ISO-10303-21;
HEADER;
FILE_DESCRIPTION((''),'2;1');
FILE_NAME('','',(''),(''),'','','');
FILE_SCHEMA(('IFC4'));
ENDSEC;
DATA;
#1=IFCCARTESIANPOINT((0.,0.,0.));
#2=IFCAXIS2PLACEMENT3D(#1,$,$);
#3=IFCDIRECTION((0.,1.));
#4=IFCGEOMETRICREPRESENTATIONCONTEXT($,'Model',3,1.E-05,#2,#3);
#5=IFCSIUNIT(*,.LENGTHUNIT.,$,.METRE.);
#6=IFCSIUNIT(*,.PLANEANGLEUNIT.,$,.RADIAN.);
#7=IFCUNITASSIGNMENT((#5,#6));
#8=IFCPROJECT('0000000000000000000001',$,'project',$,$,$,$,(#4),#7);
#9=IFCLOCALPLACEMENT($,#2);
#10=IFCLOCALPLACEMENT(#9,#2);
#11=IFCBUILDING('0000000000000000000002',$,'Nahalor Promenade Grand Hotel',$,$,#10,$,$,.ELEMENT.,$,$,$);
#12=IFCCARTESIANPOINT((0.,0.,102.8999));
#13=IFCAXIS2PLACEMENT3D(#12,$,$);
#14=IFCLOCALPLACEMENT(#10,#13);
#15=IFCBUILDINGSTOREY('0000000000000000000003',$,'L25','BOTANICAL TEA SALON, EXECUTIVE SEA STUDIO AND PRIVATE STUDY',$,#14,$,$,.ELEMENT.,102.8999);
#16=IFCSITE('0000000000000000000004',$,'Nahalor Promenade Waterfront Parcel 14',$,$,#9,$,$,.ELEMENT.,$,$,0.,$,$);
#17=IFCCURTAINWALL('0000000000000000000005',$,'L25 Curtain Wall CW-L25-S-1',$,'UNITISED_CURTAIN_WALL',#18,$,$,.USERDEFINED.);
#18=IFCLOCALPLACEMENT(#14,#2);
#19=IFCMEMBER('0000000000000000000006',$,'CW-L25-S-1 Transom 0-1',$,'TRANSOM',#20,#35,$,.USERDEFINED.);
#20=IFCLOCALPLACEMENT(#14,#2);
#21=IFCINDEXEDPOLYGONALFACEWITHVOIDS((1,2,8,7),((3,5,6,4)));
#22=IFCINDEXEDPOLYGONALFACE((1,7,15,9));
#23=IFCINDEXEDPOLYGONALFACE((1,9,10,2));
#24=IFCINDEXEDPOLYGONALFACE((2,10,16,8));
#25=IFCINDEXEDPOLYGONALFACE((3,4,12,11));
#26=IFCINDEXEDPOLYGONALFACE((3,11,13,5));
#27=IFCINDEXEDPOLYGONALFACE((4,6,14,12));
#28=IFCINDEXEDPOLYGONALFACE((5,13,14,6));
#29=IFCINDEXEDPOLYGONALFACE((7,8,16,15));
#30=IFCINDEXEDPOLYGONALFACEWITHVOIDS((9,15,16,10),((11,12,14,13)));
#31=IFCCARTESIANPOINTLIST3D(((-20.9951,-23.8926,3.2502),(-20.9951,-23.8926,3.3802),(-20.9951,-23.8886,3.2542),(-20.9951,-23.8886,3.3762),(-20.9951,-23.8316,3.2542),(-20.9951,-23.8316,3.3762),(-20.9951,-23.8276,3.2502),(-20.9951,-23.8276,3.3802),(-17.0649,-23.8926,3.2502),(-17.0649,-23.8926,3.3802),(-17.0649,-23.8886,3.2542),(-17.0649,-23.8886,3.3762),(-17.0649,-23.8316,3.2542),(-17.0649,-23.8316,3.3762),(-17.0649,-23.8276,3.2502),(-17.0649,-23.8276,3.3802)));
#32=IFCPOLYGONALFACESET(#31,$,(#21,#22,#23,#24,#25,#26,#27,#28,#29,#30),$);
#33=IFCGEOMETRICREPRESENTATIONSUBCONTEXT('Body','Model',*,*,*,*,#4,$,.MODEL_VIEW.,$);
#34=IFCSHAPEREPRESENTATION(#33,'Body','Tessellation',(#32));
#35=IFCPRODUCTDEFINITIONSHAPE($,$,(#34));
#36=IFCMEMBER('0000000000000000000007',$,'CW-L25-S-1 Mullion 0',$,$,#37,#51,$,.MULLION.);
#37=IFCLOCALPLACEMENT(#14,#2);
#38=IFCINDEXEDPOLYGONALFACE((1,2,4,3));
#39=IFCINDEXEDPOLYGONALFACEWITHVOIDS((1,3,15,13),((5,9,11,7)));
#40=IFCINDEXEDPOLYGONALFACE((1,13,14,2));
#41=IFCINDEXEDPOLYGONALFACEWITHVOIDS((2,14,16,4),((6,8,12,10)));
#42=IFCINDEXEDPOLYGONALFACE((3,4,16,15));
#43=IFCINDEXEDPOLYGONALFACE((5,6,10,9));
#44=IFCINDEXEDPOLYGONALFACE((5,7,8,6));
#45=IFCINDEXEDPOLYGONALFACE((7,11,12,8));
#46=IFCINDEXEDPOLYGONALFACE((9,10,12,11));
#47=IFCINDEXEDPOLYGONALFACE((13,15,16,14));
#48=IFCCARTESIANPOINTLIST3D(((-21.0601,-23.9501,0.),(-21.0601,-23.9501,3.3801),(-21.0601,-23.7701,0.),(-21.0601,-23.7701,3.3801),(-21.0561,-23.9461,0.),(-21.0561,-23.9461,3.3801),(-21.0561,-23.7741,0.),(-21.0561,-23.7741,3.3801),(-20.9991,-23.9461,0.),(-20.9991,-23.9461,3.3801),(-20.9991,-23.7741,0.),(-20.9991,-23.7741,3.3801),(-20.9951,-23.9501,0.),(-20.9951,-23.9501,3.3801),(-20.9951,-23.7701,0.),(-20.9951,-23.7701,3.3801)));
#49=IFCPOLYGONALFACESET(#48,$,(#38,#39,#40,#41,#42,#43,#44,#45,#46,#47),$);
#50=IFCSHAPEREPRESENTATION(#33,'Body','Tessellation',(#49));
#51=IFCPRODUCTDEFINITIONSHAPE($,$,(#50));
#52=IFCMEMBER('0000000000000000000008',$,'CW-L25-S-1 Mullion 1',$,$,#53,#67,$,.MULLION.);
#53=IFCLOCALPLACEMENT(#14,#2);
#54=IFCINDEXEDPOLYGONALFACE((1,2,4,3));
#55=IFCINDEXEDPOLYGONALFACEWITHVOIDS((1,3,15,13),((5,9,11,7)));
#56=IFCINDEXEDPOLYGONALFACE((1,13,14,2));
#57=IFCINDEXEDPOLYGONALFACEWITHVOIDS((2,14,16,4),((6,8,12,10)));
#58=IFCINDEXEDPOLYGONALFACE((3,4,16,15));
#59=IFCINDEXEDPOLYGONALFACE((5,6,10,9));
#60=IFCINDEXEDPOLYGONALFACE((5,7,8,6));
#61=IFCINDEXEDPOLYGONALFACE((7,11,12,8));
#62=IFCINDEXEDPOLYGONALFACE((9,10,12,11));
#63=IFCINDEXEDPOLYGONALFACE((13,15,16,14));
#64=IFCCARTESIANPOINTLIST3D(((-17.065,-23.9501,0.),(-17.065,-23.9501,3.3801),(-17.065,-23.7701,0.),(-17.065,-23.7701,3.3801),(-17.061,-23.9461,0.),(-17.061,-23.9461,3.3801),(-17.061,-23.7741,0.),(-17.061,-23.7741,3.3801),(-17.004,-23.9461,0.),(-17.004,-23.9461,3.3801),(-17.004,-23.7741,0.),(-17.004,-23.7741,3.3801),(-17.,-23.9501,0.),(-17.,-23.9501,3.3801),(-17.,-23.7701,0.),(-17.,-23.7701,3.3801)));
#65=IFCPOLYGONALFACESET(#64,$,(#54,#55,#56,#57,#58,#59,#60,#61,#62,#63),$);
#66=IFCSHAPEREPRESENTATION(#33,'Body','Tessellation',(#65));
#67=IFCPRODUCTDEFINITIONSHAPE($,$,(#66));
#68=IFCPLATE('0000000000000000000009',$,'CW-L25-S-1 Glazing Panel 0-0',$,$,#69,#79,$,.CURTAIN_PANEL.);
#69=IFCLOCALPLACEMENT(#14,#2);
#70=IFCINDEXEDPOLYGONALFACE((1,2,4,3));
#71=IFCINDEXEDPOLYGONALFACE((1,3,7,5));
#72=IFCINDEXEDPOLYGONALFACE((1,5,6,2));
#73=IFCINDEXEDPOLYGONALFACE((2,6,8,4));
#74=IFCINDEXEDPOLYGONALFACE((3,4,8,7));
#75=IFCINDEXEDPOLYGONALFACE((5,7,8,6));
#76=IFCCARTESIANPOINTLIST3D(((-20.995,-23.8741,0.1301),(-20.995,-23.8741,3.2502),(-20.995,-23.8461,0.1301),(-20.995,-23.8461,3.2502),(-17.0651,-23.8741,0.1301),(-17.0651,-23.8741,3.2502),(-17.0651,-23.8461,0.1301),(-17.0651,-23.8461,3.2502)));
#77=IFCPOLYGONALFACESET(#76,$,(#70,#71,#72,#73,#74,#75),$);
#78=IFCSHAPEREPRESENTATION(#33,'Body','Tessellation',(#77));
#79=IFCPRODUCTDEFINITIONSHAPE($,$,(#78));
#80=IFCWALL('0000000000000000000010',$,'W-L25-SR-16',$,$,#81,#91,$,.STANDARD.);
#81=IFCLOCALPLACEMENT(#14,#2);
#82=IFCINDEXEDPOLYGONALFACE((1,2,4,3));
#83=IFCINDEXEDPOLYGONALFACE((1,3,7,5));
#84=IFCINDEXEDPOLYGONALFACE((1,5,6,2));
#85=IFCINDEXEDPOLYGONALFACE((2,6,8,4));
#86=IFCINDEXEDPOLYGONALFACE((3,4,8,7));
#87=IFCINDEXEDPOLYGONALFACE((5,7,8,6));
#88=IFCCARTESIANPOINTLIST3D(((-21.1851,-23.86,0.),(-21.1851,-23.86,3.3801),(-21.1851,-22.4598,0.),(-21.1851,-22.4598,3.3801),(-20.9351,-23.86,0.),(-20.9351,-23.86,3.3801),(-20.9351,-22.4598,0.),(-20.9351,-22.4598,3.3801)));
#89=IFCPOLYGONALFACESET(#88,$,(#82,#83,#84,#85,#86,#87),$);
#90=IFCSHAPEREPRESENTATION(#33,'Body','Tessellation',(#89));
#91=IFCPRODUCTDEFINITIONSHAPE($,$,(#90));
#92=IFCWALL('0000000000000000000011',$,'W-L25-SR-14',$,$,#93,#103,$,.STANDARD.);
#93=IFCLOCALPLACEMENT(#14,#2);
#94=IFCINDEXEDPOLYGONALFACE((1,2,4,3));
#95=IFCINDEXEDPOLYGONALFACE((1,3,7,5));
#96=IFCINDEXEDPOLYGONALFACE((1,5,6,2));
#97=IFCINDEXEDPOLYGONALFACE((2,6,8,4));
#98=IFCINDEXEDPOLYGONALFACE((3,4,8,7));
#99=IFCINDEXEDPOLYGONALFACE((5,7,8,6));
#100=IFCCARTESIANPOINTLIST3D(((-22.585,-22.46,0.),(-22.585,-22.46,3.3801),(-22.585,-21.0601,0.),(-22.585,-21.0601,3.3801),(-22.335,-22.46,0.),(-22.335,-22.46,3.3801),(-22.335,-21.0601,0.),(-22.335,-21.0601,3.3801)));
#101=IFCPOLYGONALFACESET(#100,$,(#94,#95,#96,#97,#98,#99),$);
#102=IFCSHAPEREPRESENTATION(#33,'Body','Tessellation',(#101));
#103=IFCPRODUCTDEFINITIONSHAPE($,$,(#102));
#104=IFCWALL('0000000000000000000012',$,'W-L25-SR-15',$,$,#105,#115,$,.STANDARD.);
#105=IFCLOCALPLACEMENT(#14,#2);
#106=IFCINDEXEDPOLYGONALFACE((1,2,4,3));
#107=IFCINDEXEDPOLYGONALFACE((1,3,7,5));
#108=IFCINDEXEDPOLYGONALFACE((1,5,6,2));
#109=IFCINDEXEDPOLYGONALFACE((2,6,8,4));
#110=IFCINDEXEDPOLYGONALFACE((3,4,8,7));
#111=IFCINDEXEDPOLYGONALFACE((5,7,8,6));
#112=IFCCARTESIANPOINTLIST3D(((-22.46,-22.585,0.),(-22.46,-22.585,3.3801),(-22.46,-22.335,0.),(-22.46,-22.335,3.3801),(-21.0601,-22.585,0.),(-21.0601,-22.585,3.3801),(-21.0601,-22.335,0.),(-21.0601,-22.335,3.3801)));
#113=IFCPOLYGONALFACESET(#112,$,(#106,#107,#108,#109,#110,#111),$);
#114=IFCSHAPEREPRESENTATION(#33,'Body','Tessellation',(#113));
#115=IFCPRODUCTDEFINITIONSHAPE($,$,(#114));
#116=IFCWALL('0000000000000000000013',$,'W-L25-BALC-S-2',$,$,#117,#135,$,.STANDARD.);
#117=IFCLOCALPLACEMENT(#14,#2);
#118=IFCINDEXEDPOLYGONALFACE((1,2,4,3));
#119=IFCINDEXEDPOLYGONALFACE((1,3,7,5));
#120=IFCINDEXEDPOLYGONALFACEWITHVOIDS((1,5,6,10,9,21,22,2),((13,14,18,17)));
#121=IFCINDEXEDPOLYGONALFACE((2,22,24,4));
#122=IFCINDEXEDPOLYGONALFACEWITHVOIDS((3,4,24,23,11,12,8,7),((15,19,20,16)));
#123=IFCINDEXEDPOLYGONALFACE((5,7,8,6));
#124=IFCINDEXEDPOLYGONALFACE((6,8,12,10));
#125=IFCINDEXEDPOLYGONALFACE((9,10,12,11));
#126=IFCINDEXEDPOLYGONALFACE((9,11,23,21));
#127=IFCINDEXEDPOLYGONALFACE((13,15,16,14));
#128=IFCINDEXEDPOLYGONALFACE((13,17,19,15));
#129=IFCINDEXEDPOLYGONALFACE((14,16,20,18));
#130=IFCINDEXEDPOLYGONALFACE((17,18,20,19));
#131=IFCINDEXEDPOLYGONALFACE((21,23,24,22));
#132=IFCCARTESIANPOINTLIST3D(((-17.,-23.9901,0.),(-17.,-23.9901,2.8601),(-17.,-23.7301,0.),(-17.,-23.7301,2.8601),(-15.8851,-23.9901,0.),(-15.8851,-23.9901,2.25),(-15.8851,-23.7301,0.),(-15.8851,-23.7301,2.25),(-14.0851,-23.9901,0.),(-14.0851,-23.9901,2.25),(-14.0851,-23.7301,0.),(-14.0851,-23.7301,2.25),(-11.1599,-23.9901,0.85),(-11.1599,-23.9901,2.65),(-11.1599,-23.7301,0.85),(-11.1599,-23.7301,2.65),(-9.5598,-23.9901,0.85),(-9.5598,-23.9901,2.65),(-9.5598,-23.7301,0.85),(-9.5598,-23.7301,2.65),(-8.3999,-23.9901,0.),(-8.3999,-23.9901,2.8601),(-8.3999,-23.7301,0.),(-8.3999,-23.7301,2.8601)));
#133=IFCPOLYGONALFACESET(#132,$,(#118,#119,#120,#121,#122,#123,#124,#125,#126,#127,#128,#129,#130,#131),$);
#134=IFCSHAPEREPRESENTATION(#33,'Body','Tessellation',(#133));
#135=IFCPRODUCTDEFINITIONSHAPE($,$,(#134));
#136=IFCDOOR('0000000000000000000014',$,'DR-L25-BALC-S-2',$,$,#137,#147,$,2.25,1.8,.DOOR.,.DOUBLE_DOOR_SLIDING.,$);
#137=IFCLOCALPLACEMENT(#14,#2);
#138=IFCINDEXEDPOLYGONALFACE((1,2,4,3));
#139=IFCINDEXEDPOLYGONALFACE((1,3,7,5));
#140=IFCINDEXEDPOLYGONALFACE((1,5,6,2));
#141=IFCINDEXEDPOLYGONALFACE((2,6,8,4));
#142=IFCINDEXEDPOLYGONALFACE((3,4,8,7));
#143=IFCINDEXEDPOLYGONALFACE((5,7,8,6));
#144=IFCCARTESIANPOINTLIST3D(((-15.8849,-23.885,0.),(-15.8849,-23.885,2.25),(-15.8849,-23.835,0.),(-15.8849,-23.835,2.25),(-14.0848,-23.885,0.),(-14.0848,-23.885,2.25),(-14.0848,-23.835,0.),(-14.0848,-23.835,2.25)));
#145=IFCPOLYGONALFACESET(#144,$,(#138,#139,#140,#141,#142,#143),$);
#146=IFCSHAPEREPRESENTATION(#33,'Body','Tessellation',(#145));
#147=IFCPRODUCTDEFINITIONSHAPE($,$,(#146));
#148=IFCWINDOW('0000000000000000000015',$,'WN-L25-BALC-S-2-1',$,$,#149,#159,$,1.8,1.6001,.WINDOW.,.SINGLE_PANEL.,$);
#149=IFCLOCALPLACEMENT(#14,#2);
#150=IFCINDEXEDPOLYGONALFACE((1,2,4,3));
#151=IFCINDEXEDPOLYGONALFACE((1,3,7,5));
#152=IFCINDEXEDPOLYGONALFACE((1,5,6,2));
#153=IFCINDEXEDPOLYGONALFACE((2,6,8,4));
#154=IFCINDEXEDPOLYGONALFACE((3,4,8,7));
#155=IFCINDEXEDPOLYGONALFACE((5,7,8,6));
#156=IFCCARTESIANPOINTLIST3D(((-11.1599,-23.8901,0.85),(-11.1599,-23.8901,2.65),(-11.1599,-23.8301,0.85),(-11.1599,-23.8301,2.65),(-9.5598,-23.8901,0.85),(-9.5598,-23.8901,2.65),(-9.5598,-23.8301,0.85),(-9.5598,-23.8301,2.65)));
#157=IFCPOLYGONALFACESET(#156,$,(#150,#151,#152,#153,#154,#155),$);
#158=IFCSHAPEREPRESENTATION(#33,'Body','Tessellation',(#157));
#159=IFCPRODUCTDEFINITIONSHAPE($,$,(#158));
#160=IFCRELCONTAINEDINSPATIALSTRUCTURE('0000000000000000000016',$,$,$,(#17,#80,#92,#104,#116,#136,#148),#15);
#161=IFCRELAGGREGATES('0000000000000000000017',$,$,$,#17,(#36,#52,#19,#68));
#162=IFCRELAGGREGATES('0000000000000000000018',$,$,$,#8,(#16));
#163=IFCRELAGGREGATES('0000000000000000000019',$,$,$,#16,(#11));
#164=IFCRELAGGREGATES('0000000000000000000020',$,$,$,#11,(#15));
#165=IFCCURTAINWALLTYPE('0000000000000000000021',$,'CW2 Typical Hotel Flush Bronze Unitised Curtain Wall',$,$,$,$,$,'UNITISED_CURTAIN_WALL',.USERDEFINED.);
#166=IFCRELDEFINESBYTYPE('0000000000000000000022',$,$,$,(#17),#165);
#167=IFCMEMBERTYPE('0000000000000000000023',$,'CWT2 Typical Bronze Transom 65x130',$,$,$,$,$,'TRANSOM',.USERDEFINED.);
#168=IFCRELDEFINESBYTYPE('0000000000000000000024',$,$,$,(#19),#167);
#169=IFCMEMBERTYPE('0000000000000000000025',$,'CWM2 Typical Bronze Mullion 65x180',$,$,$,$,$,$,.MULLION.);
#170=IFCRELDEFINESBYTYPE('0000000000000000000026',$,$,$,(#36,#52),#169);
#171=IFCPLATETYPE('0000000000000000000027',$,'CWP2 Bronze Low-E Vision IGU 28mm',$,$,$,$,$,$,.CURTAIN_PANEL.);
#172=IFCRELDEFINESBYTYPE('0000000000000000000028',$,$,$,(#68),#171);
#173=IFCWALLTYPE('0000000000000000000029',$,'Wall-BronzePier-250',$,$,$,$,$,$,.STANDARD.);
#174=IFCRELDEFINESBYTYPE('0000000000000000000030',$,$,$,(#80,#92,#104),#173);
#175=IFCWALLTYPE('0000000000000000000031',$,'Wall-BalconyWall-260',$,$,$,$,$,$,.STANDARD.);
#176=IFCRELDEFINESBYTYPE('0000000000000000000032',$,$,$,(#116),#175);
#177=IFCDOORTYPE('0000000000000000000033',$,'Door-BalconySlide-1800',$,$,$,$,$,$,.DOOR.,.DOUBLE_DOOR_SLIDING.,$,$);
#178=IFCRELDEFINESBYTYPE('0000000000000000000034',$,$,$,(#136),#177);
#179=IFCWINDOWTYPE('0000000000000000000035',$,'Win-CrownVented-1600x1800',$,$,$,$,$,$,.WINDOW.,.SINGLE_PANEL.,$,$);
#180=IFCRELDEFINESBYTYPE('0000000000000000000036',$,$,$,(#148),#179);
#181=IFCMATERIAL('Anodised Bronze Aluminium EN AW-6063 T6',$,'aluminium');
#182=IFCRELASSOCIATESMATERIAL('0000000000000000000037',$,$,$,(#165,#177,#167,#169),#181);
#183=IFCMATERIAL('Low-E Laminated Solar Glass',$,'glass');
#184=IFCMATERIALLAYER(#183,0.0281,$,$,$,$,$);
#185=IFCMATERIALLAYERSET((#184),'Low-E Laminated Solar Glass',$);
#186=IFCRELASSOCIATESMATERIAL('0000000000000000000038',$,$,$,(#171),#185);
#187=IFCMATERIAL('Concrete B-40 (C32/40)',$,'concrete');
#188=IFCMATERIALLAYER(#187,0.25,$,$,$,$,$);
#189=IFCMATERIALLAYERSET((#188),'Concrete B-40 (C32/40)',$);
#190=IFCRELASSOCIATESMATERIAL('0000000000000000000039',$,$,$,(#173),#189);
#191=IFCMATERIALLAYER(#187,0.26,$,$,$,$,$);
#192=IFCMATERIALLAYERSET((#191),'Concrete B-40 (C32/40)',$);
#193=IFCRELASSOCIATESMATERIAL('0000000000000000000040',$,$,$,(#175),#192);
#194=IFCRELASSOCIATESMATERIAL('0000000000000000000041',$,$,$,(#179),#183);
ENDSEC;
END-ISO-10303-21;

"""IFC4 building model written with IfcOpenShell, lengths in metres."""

from ifc_helpers import new_model, si_unit, direction, frame, frame_2d, origin, origin_2d, place, context, subcontext, project, spatial, rectangle, hollow_rectangle, extrude, source, transform, mapped, material, layer, layer_set, material_profile, profile_set, type_object, element, fill, aggregate, save


model = new_model("IFC4")

# Units and contexts
model_context = context("Model", 3, precision=1e-05, world=origin(), true_north=direction((0.0, 1.0)))
body_context = subcontext(model_context, "Body", "Model", "MODEL_VIEW")
ifc_project = project(units=[si_unit("LENGTHUNIT", "METRE"), si_unit("PLANEANGLEUNIT", "RADIAN")], contexts=[model_context])

# Site, building, storey
site_placement = place(None, origin())
site = spatial("IfcSite", under=ifc_project, at=site_placement, Name="Nahalor Promenade Waterfront Parcel 14", CompositionType="ELEMENT", RefElevation=0.0)
building_placement = place(site_placement, origin())
building = spatial("IfcBuilding", under=site, at=building_placement, Name="Nahalor Promenade Grand Hotel", CompositionType="ELEMENT")
storey_placement = place(building_placement, frame((0.0, 0.0, 102.8999)))
storey = spatial("IfcBuildingStorey", under=building, at=storey_placement, Name="L25", Description="BOTANICAL TEA SALON, EXECUTIVE SEA STUDIO AND PRIVATE STUDY", CompositionType="ELEMENT", Elevation=102.8999)

# Curtain wall, members, plate
ifc_material_1 = material(Name="Anodised Bronze Aluminium EN AW-6063 T6", Category="aluminium")
curtain_wall_type = type_object("IfcCurtainWallType", Name="CW2 Typical Hotel Flush Bronze Unitised Curtain Wall", ElementType="UNITISED_CURTAIN_WALL", PredefinedType="USERDEFINED", material=ifc_material_1)
curtain_wall_placement = place(storey_placement, origin())
curtain_wall = element("IfcCurtainWall", 1, at=curtain_wall_placement, inside=storey, type_object=curtain_wall_type, Name="L25 Curtain Wall CW-L25-S-1", ObjectType="UNITISED_CURTAIN_WALL", PredefinedType="USERDEFINED")
ifc_material_profile_1 = material_profile(ifc_material_1, hollow_rectangle(XDim=0.065, YDim=0.13, WallThickness=0.004, at=origin_2d()), Name="CWT 65x130x4")
ifc_profile_set_1 = profile_set([ifc_material_profile_1], Name="Anodised Bronze Aluminium EN AW-6063 T6")
member_type_1 = type_object("IfcMemberType", Name="CWT2 Typical Bronze Transom 65x130", ElementType="TRANSOM", PredefinedType="USERDEFINED", material=ifc_profile_set_1)
shared_shape_1 = source(origin(), body_context, "Body", "SweptSolid", [
    extrude(hollow_rectangle(XDim=0.065, YDim=0.13, WallThickness=0.004, at=origin_2d()), origin(), (0.0, 0.0, 1.0), 3.9302),
])
member_1_placement = place(storey_placement, frame((-20.9951, -23.8601, 3.3152), z_axis=(1.0, 0.0, 0.0), x_axis=(0.0, 1.0, 0.0)))
member_1 = element("IfcMember", 2, at=member_1_placement, type_object=member_type_1, Name="CW-L25-S-1 Transom 0-1", ObjectType="TRANSOM", PredefinedType="USERDEFINED", context=body_context, shape_type="MappedRepresentation", body=[
    mapped(shared_shape_1, transform((0.0, 0.0, 0.0), scale=1.0)),
])
ifc_material_profile_2 = material_profile(ifc_material_1, hollow_rectangle(XDim=0.065, YDim=0.18, WallThickness=0.004, at=origin_2d()), Name="CWM 65x180x4")
ifc_profile_set_2 = profile_set([ifc_material_profile_2], Name="Anodised Bronze Aluminium EN AW-6063 T6")
member_type_2 = type_object("IfcMemberType", Name="CWM2 Typical Bronze Mullion 65x180", PredefinedType="MULLION", material=ifc_profile_set_2)
shared_shape_2 = source(origin(), body_context, "Body", "SweptSolid", [
    extrude(hollow_rectangle(XDim=0.065, YDim=0.18, WallThickness=0.004, at=origin_2d()), origin(), (0.0, 0.0, 1.0), 3.3801),
])
member_2_placement = place(storey_placement, frame((-21.0276, -23.8601, 0.0), z_axis=(0.0, 0.0, 1.0), x_axis=(1.0, 0.0, 0.0)))
member_2 = element("IfcMember", 3, at=member_2_placement, type_object=member_type_2, Name="CW-L25-S-1 Mullion 0", PredefinedType="MULLION", context=body_context, shape_type="MappedRepresentation", body=[
    mapped(shared_shape_2, transform((0.0, 0.0, 0.0), scale=1.0)),
])
member_3_placement = place(storey_placement, frame((-17.0325, -23.8601, 0.0), z_axis=(0.0, 0.0, 1.0), x_axis=(1.0, 0.0, 0.0)))
member_3 = element("IfcMember", 4, at=member_3_placement, type_object=member_type_2, Name="CW-L25-S-1 Mullion 1", PredefinedType="MULLION", context=body_context, shape_type="MappedRepresentation", body=[
    mapped(shared_shape_2, transform((0.0, 0.0, 0.0), scale=1.0)),
])
ifc_material_2 = material(Name="Low-E Laminated Solar Glass", Category="glass")
ifc_layer_1 = layer(ifc_material_2, 0.0281)
ifc_layer_set_1 = layer_set([ifc_layer_1], Name="Low-E Laminated Solar Glass")
plate_type = type_object("IfcPlateType", Name="CWP2 Bronze Low-E Vision IGU 28mm", PredefinedType="CURTAIN_PANEL", material=ifc_layer_set_1)
shared_shape_3 = source(origin(), body_context, "Body", "SweptSolid", [
    extrude(rectangle(XDim=3.9299, YDim=0.0281, at=origin_2d()), origin(), (0.0, 0.0, 1.0), 3.1201),
])
plate_placement = place(storey_placement, frame((-19.03, -23.8601, 0.1301), z_axis=(0.0, 0.0, 1.0), x_axis=(1.0, 0.0, 0.0)))
plate = element("IfcPlate", 5, at=plate_placement, type_object=plate_type, Name="CW-L25-S-1 Glazing Panel 0-0", PredefinedType="CURTAIN_PANEL", context=body_context, shape_type="MappedRepresentation", body=[
    mapped(shared_shape_3, transform((0.0, 0.0, 0.0), scale=1.0)),
])
aggregate(curtain_wall, [member_2, member_3, member_1, plate])

# Walls
ifc_material_3 = material(Name="Concrete B-40 (C32/40)", Category="concrete")
ifc_layer_2 = layer(ifc_material_3, 0.25)
ifc_layer_set_2 = layer_set([ifc_layer_2], Name="Concrete B-40 (C32/40)")
wall_type_1 = type_object("IfcWallType", Name="Wall-BronzePier-250", PredefinedType="STANDARD", material=ifc_layer_set_2)
shared_shape_4 = source(origin(), body_context, "Body", "SweptSolid", [
    extrude(rectangle(XDim=1.4001, YDim=0.25, at=frame_2d((0.7002, 0.0))), origin(), (0.0, 0.0, 1.0), 3.3801),
])
wall_1_placement = place(storey_placement, frame((-21.0601, -23.8601, 0.0), z_axis=(0.0, 0.0, 1.0), x_axis=(0.0, 1.0, 0.0)))
element("IfcWall", 6, at=wall_1_placement, inside=storey, type_object=wall_type_1, Name="W-L25-SR-16", PredefinedType="STANDARD", context=body_context, shape_type="MappedRepresentation", body=[
    mapped(shared_shape_4, transform((0.0, 0.0, 0.0), scale=1.0)),
])
shared_shape_5 = source(origin(), body_context, "Body", "SweptSolid", [
    extrude(rectangle(XDim=1.3999, YDim=0.25, at=frame_2d((0.7, 0.0))), origin(), (0.0, 0.0, 1.0), 3.3801),
])
for number, where, z_axis, x_axis, name in (
    (7, (-22.46, -22.46, 0.0), (0.0, 0.0, 1.0), (0.0, 1.0, 0.0), "W-L25-SR-14"),
    (8, (-22.46, -22.46, 0.0), (0.0, 0.0, 1.0), (1.0, 0.0, 0.0), "W-L25-SR-15"),
):
    element("IfcWall", number, at=place(storey_placement, frame(where, z_axis=z_axis, x_axis=x_axis)), inside=storey, type_object=wall_type_1, Name=name, PredefinedType="STANDARD", context=body_context, shape_type="MappedRepresentation", body=[
        mapped(shared_shape_5, transform((0.0, 0.0, 0.0), scale=1.0)),
    ])

# Wall, openings, door, window
ifc_layer_3 = layer(ifc_material_3, 0.26)
ifc_layer_set_3 = layer_set([ifc_layer_3], Name="Concrete B-40 (C32/40)")
wall_type_2 = type_object("IfcWallType", Name="Wall-BalconyWall-260", PredefinedType="STANDARD", material=ifc_layer_set_3)
shared_shape_6 = source(origin(), body_context, "Body", "SweptSolid", [
    extrude(rectangle(XDim=8.6001, YDim=0.26, at=frame_2d((4.3, 0.0))), origin(), (0.0, 0.0, 1.0), 2.8601),
])
wall_2_placement = place(storey_placement, frame((-17.0, -23.8601, 0.0), z_axis=(0.0, 0.0, 1.0), x_axis=(1.0, 0.0, 0.0)))
wall_2 = element("IfcWall", 9, at=wall_2_placement, inside=storey, type_object=wall_type_2, Name="W-L25-BALC-S-2", PredefinedType="STANDARD", context=body_context, shape_type="MappedRepresentation", body=[
    mapped(shared_shape_6, transform((0.0, 0.0, 0.0), scale=1.0)),
])
opening_1_placement = place(wall_2_placement, frame((1.115, 0.0, 0.0)))
opening_1 = element("IfcOpeningElement", 10, at=opening_1_placement, cuts=wall_2, PredefinedType="OPENING", context=body_context, shape_type="SweptSolid", body=[
    extrude(rectangle(XDim=1.8, YDim=2.25, at=frame_2d((0.8999, 1.125))), frame((0.0, 0.1399, 0.0), z_axis=(0.0, -1.0, 0.0), x_axis=(1.0, 0.0, 0.0)), (0.0, 0.0, 1.0), 0.28),
])
opening_2_placement = place(wall_2_placement, frame((5.8401, 0.0, 0.8501)))
opening_2 = element("IfcOpeningElement", 11, at=opening_2_placement, cuts=wall_2, PredefinedType="OPENING", context=body_context, shape_type="SweptSolid", body=[
    extrude(rectangle(XDim=1.6001, YDim=1.8, at=frame_2d((0.8, 0.8999))), frame((0.0, 0.1399, 0.0), z_axis=(0.0, -1.0, 0.0), x_axis=(1.0, 0.0, 0.0)), (0.0, 0.0, 1.0), 0.28),
])
door_type_1 = type_object("IfcDoorType", Name="Door-BalconySlide-1800", OperationType="DOUBLE_DOOR_SLIDING", PredefinedType="DOOR", material=ifc_material_1)
shared_shape_7 = source(origin(), body_context, "Body", "SweptSolid", [
    extrude(rectangle(XDim=1.8, YDim=2.25, at=frame_2d((0.8999, 1.125))), frame((0.0, 0.0249, 0.0), z_axis=(0.0, -1.0, 0.0), x_axis=(1.0, 0.0, 0.0)), (0.0, 0.0, 1.0), 0.05),
])
door_1_placement = place(opening_1_placement, frame((1.8, 0.0, 0.0), z_axis=(0.0, 0.0, 1.0), x_axis=(-1.0, 0.0, 0.0)))
door_1 = element("IfcDoor", 12, at=door_1_placement, inside=storey, type_object=door_type_1, Name="DR-L25-BALC-S-2", OperationType="DOUBLE_DOOR_SLIDING", OverallHeight=2.25, OverallWidth=1.8, PredefinedType="DOOR", context=body_context, shape_type="MappedRepresentation", body=[
    mapped(shared_shape_7, transform((0.0, 0.0, 0.0), scale=1.0)),
])
fill(opening_1, door_1)
window_type = type_object("IfcWindowType", Name="Win-CrownVented-1600x1800", PartitioningType="SINGLE_PANEL", PredefinedType="WINDOW", material=ifc_material_2)
shared_shape_8 = source(origin(), body_context, "Body", "SweptSolid", [
    extrude(rectangle(XDim=1.6001, YDim=1.8, at=frame_2d((0.8, 0.8999))), frame((0.0, 0.03, 0.0), z_axis=(0.0, -1.0, 0.0), x_axis=(1.0, 0.0, 0.0)), (0.0, 0.0, 1.0), 0.0601),
])
window_placement = place(opening_2_placement, origin())
window = element("IfcWindow", 13, at=window_placement, inside=storey, type_object=window_type, Name="WN-L25-BALC-S-2-1", OverallHeight=1.8, OverallWidth=1.6001, PartitioningType="SINGLE_PANEL", PredefinedType="WINDOW", context=body_context, shape_type="MappedRepresentation", body=[
    mapped(shared_shape_8, transform((0.0, 0.0, 0.0), scale=1.0)),
])
fill(opening_2, window)

save(model, "model.ifc")
